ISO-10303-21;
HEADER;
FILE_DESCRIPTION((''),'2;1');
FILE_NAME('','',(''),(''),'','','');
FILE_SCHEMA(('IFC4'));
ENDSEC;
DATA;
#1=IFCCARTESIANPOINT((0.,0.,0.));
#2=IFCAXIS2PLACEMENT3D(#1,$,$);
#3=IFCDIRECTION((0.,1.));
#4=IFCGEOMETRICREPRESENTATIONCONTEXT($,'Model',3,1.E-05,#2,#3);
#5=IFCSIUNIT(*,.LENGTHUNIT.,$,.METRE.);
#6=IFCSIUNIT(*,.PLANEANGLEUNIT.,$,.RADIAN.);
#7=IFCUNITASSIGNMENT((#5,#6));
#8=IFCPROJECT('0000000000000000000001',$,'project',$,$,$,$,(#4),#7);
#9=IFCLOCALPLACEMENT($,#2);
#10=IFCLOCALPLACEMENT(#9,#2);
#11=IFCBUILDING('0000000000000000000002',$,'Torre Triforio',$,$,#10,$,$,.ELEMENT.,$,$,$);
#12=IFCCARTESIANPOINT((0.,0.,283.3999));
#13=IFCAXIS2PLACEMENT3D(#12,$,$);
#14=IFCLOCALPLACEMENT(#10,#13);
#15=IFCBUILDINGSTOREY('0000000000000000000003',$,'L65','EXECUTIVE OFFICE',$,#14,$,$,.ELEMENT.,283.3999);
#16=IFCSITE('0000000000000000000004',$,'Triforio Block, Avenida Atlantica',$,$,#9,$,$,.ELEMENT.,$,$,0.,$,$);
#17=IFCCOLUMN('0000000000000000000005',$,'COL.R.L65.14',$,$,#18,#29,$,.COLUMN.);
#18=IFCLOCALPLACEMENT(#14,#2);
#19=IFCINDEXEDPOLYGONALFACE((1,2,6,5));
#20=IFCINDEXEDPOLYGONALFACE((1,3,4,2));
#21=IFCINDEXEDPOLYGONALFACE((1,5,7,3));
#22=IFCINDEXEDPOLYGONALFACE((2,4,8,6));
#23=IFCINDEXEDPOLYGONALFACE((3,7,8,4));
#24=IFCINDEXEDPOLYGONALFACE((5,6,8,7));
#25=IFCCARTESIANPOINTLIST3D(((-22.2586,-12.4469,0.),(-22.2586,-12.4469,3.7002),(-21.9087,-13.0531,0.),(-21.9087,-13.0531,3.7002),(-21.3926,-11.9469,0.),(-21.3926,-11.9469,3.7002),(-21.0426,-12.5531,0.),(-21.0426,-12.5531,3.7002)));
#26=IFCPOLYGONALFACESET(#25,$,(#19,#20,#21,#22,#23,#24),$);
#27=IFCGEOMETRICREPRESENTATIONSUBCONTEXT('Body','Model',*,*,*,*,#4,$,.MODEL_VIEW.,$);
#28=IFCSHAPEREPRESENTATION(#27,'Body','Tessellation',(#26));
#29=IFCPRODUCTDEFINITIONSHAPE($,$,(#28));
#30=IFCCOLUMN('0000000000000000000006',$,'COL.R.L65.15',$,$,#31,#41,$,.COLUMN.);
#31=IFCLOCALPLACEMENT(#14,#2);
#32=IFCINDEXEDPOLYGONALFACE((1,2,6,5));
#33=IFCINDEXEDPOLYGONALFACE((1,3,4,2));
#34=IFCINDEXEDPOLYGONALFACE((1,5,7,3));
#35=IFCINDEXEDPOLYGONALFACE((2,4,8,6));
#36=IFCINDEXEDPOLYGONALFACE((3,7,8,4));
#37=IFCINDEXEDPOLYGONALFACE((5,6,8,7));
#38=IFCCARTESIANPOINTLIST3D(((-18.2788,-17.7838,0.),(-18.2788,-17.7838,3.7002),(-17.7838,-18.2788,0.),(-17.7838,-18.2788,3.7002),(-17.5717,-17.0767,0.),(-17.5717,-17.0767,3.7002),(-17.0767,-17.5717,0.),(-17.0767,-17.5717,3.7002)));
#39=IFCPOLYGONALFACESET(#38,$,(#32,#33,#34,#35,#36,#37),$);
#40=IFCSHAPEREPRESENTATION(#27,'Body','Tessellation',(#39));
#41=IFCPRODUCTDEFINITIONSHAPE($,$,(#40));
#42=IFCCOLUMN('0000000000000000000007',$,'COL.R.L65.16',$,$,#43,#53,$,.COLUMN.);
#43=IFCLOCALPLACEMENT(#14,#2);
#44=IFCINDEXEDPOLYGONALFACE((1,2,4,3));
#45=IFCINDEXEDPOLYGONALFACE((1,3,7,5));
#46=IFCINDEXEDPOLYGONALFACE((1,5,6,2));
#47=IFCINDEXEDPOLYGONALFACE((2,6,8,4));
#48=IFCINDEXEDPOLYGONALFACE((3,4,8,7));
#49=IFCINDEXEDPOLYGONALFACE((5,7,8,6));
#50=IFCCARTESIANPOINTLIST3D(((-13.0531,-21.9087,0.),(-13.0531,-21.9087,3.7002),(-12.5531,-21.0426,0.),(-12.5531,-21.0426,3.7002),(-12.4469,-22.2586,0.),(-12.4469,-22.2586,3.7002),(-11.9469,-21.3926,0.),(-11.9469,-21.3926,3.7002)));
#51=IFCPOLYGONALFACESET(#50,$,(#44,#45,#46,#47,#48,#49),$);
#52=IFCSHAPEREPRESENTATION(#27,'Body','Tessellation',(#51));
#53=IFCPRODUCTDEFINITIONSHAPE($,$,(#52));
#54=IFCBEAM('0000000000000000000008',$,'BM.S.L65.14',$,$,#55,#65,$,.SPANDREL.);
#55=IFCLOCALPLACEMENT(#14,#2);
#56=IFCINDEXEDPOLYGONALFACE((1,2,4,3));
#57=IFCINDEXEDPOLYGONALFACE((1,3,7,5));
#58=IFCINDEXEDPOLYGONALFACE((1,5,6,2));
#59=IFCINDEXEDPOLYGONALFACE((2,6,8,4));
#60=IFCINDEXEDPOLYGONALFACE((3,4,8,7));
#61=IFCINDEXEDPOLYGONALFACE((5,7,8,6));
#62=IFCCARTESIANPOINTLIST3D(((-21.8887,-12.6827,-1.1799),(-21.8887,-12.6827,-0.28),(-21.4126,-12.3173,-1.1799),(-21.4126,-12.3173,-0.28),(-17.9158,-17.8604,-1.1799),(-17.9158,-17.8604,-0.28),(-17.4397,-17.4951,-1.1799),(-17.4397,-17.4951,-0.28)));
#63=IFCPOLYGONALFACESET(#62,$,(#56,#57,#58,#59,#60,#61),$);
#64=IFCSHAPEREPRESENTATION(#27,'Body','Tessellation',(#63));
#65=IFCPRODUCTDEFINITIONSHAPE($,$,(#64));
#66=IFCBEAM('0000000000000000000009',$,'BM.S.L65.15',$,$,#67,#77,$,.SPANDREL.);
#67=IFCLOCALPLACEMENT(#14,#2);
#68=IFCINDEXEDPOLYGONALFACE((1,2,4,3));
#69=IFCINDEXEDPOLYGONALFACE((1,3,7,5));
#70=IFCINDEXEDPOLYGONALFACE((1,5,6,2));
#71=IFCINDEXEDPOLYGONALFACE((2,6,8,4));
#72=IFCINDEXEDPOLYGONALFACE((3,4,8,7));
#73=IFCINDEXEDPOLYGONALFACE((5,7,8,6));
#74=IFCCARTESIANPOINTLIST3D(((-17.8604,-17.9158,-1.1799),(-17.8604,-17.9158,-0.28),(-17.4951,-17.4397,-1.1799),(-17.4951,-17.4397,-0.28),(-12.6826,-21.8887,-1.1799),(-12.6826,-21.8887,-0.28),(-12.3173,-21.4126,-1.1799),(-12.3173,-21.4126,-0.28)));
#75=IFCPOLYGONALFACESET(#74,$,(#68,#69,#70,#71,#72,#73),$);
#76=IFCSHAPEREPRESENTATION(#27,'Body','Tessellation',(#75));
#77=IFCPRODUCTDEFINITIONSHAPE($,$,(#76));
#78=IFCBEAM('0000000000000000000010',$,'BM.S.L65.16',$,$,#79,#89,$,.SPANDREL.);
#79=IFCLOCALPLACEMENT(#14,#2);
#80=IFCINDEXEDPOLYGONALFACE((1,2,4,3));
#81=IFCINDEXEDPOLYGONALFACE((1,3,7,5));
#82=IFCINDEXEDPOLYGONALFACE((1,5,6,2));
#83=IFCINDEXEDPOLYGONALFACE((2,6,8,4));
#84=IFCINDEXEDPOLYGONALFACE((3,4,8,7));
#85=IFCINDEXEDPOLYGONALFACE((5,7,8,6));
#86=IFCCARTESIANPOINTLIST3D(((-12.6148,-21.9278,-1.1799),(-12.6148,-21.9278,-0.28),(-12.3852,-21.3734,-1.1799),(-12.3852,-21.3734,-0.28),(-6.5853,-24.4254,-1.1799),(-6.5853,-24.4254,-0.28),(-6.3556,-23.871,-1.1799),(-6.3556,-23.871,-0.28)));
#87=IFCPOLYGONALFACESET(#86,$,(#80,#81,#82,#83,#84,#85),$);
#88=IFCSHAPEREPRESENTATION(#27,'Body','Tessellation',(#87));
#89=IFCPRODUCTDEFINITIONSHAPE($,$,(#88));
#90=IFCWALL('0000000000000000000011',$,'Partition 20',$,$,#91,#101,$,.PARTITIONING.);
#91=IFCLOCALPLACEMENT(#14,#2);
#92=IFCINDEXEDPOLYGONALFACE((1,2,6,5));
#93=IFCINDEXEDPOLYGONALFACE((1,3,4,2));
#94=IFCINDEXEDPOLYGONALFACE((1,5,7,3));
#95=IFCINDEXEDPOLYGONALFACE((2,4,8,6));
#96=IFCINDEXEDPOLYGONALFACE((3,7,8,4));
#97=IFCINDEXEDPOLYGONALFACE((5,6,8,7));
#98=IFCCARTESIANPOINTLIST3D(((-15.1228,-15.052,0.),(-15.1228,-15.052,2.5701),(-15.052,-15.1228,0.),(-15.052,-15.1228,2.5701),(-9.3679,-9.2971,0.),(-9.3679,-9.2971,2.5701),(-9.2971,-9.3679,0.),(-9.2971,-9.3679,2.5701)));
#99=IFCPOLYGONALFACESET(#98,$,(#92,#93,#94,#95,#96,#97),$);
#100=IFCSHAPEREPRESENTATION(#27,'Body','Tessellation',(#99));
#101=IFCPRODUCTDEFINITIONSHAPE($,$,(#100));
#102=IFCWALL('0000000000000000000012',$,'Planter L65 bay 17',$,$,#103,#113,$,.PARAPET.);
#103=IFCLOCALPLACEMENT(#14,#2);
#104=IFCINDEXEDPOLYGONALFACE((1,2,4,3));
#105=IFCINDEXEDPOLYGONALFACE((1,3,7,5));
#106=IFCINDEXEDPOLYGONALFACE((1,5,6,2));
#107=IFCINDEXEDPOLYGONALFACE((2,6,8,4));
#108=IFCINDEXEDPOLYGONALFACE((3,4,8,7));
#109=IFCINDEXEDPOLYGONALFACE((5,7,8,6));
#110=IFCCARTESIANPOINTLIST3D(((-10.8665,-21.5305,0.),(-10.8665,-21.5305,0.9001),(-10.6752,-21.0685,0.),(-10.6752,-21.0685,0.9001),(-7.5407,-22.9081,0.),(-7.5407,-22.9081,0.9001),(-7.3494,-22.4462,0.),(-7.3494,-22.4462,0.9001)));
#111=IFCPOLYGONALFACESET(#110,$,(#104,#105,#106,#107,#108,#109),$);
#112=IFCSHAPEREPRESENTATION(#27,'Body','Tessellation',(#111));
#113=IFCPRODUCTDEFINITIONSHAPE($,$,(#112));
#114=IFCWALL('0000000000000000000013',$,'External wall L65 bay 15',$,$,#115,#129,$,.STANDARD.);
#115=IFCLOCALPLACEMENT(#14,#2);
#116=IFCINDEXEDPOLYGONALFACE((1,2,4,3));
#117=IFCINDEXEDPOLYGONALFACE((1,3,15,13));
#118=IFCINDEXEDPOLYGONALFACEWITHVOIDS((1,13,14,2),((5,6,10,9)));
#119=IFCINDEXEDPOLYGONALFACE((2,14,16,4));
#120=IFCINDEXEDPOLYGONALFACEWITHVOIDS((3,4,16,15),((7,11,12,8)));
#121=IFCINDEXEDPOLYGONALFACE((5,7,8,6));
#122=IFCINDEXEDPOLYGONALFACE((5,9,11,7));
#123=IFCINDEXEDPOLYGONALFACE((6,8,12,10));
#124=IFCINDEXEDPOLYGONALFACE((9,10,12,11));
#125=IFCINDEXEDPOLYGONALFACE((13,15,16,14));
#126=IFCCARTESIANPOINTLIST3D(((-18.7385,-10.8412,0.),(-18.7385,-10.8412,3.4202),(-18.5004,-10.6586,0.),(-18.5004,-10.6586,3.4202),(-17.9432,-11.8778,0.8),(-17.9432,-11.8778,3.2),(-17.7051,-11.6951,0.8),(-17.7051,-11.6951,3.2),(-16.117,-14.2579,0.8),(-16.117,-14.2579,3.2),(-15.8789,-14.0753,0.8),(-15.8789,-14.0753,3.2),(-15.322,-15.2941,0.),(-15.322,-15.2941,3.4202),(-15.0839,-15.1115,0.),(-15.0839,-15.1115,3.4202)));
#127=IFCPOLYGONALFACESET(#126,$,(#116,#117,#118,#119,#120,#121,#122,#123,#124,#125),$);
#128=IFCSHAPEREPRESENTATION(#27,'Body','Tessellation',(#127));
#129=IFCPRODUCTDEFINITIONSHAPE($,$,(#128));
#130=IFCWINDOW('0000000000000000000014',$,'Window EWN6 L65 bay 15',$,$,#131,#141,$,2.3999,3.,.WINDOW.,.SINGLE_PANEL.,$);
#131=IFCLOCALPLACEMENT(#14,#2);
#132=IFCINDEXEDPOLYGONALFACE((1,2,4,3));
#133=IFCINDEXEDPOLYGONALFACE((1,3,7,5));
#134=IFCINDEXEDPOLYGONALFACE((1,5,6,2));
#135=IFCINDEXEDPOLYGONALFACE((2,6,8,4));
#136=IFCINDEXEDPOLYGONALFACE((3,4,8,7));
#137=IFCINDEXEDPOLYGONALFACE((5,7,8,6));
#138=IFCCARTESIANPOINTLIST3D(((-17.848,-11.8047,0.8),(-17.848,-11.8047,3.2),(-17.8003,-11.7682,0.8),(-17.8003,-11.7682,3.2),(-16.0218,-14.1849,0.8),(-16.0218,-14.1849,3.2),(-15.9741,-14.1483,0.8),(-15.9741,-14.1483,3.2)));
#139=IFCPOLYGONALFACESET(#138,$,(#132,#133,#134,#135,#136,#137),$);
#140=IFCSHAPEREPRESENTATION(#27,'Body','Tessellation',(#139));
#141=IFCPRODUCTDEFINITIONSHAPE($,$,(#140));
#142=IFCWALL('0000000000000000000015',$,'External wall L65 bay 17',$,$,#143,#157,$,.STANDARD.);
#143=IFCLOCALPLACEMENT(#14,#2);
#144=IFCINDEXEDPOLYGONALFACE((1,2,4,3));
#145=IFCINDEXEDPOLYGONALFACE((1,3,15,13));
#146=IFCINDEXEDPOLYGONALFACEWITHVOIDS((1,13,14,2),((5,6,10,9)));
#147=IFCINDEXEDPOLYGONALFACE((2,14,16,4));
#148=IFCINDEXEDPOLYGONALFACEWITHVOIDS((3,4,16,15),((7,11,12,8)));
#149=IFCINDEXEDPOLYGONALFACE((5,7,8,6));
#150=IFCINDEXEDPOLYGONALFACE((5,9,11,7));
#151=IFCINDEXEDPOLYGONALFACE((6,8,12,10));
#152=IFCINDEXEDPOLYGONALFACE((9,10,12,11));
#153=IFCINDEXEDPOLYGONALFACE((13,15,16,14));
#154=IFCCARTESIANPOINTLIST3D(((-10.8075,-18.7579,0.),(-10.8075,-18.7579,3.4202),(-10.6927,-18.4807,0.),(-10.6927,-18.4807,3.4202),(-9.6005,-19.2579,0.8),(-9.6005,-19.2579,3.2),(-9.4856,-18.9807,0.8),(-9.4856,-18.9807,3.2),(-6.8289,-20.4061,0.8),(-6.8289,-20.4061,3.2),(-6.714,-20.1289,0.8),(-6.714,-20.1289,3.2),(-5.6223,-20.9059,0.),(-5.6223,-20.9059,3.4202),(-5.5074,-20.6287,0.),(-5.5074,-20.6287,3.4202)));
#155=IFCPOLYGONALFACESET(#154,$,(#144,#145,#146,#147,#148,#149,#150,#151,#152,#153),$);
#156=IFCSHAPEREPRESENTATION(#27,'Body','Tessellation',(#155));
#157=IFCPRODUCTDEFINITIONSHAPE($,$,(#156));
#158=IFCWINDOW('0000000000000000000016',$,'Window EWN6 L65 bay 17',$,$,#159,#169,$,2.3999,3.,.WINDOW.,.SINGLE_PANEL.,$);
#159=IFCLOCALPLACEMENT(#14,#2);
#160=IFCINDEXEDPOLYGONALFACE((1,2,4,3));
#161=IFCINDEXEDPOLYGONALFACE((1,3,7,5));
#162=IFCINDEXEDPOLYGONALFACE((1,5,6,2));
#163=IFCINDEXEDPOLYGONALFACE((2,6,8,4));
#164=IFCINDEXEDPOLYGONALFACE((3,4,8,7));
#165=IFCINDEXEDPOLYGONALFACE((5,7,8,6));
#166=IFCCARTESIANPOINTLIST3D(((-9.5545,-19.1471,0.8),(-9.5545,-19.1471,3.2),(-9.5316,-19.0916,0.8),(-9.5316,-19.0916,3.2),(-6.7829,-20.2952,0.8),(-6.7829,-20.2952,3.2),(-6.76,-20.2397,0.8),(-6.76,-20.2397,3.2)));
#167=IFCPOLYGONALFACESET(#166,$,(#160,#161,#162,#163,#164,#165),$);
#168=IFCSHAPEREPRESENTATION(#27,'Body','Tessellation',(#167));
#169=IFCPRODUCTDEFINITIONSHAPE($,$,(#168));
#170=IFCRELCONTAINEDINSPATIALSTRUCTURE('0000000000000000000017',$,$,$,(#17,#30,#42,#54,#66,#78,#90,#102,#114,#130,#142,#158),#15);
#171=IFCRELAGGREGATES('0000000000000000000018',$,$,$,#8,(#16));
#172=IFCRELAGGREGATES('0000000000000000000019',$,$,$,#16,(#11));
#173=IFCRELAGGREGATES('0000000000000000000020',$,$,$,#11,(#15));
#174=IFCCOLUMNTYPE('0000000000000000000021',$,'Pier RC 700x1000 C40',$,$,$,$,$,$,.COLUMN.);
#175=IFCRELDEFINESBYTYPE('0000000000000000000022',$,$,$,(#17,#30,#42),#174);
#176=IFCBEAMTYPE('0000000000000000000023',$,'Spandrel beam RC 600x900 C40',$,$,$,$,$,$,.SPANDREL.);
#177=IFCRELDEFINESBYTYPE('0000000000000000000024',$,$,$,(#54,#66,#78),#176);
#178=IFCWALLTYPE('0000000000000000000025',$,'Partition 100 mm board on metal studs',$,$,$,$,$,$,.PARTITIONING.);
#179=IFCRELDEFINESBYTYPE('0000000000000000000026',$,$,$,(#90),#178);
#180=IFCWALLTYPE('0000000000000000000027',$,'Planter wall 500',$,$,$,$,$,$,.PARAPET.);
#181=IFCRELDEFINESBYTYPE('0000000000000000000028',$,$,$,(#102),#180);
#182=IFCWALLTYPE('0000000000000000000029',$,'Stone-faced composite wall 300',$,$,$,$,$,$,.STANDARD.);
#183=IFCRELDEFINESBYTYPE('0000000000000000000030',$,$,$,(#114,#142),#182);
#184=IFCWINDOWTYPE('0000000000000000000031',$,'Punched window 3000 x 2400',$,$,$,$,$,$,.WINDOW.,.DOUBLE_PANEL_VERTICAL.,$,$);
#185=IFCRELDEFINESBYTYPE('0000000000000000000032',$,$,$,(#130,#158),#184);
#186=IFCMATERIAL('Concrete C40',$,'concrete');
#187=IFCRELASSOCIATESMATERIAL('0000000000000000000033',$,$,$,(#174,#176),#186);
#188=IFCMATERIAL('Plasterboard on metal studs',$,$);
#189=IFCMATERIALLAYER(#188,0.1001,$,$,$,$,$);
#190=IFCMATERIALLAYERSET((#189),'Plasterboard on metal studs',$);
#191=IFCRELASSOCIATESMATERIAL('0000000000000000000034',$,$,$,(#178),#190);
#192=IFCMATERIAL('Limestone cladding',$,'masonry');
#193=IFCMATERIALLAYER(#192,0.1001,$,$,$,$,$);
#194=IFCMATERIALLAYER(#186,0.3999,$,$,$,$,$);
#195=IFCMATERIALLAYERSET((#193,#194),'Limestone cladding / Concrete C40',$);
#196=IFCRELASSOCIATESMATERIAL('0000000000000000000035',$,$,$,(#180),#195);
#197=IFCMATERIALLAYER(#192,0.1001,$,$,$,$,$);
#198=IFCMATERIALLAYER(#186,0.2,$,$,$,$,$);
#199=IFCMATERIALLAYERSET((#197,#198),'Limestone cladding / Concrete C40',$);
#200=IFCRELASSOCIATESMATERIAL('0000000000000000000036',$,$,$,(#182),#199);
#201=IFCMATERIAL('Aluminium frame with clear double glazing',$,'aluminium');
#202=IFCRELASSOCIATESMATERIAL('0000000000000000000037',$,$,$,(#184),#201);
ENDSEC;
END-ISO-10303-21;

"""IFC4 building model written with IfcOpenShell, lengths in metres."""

from ifc_helpers import new_model, si_unit, direction, frame, frame_2d, origin, origin_2d, place, context, subcontext, project, spatial, rectangle, extrude, material, layer, layer_set, material_profile, profile_set, type_object, element, fill, save


model = new_model("IFC4")

# Units and contexts
model_context = context("Model", 3, precision=1e-05, world=origin(), true_north=direction((0.0, 1.0)))
body_context = subcontext(model_context, "Body", "Model", "MODEL_VIEW")
ifc_project = project(units=[si_unit("LENGTHUNIT", "METRE"), si_unit("PLANEANGLEUNIT", "RADIAN")], contexts=[model_context])

# Site, building, storey
site_placement = place(None, origin())
site = spatial("IfcSite", under=ifc_project, at=site_placement, Name="Triforio Block, Avenida Atlantica", CompositionType="ELEMENT", RefElevation=0.0)
building_placement = place(site_placement, origin())
building = spatial("IfcBuilding", under=site, at=building_placement, Name="Torre Triforio", CompositionType="ELEMENT")
storey_placement = place(building_placement, frame((0.0, 0.0, 283.3999)))
storey = spatial("IfcBuildingStorey", under=building, at=storey_placement, Name="L65", Description="EXECUTIVE OFFICE", CompositionType="ELEMENT", Elevation=283.3999)

# Columns
ifc_material_1 = material(Name="Concrete C40", Category="concrete")
ifc_material_profile_1 = material_profile(ifc_material_1, rectangle(XDim=0.7, YDim=1.0, at=origin_2d()), Name="RC 700x1000")
ifc_profile_set_1 = profile_set([ifc_material_profile_1], Name="Concrete C40")
column_type = type_object("IfcColumnType", Name="Pier RC 700x1000 C40", PredefinedType="COLUMN", material=ifc_profile_set_1)
for number, where, z_axis, x_axis, name in (
    (1, (-21.6506, -12.5, 0.0), (0.0, 0.0, 1.0), (0.5, -0.866025, 0.0), "COL.R.L65.14"),
    (2, (-17.6777, -17.6777, 0.0), (0.0, 0.0, 1.0), (0.707107, -0.707107, 0.0), "COL.R.L65.15"),
    (3, (-12.5, -21.6506, 0.0), (0.0, 0.0, 1.0), (0.866025, -0.5, 0.0), "COL.R.L65.16"),
):
    element("IfcColumn", number, at=place(storey_placement, frame(where, z_axis=z_axis, x_axis=x_axis)), inside=storey, type_object=column_type, Name=name, PredefinedType="COLUMN", context=body_context, shape_type="SweptSolid", body=[
        extrude(rectangle(XDim=0.7, YDim=1.0, at=origin_2d()), origin(), (0.0, 0.0, 1.0), 3.7002),
    ])

# Beams
ifc_material_profile_2 = material_profile(ifc_material_1, rectangle(XDim=0.6001, YDim=0.8999, at=origin_2d()), Name="RC 600x900")
ifc_profile_set_2 = profile_set([ifc_material_profile_2], Name="Concrete C40")
beam_type = type_object("IfcBeamType", Name="Spandrel beam RC 600x900 C40", PredefinedType="SPANDREL", material=ifc_profile_set_2)
for number, where, z_axis, x_axis, name in (
    (4, (-21.6506, -12.5, -0.73), (0.60875, -0.793362, 0.0), (0.793362, 0.60875, 0.0), "BM.S.L65.14"),
    (5, (-17.6777, -17.6777, -0.73), (0.793362, -0.60875, 0.0), (0.60875, 0.793362, 0.0), "BM.S.L65.15"),
    (6, (-12.5, -21.6506, -0.73), (0.923877, -0.382689, 0.0), (0.382689, 0.923877, 0.0), "BM.S.L65.16"),
):
    element("IfcBeam", number, at=place(storey_placement, frame(where, z_axis=z_axis, x_axis=x_axis)), inside=storey, type_object=beam_type, Name=name, PredefinedType="SPANDREL", context=body_context, shape_type="SweptSolid", body=[
        extrude(rectangle(XDim=0.6001, YDim=0.8999, at=origin_2d()), origin(), (0.0, 0.0, 1.0), 6.5264),
    ])

# Walls
ifc_material_2 = material(Name="Plasterboard on metal studs")
ifc_layer_1 = layer(ifc_material_2, 0.1001)
ifc_layer_set_1 = layer_set([ifc_layer_1], Name="Plasterboard on metal studs")
wall_type_1 = type_object("IfcWallType", Name="Partition 100 mm board on metal studs", PredefinedType="PARTITIONING", material=ifc_layer_set_1)
wall_1_placement = place(storey_placement, frame((-9.3325, -9.3325, 0.0), z_axis=(0.0, 0.0, 1.0), x_axis=(-0.707107, -0.707107, 0.0)))
element("IfcWall", 7, at=wall_1_placement, inside=storey, type_object=wall_type_1, Name="Partition 20", PredefinedType="PARTITIONING", context=body_context, shape_type="SweptSolid", body=[
    extrude(rectangle(XDim=8.1387, YDim=0.1001, at=frame_2d((4.0693, 0.0))), origin(), (0.0, 0.0, 1.0), 2.5701),
])
ifc_material_3 = material(Name="Limestone cladding", Category="masonry")
ifc_layer_2 = layer(ifc_material_3, 0.1001)
ifc_layer_3 = layer(ifc_material_1, 0.3999)
ifc_layer_set_2 = layer_set([ifc_layer_2, ifc_layer_3], Name="Limestone cladding / Concrete C40")
wall_type_2 = type_object("IfcWallType", Name="Planter wall 500", PredefinedType="PARAPET", material=ifc_layer_set_2)
wall_2_placement = place(storey_placement, frame((-10.7708, -21.2996, 0.0), z_axis=(0.0, 0.0, 1.0), x_axis=(0.923875, -0.382693, 0.0)))
element("IfcWall", 8, at=wall_2_placement, inside=storey, type_object=wall_type_2, Name="Planter L65 bay 17", PredefinedType="PARAPET", context=body_context, shape_type="SweptSolid", body=[
    extrude(rectangle(XDim=3.5999, YDim=0.5, at=frame_2d((1.7998, 0.0))), origin(), (0.0, 0.0, 1.0), 0.9001),
])

# Wall, opening, window
ifc_layer_4 = layer(ifc_material_3, 0.1001)
ifc_layer_5 = layer(ifc_material_1, 0.2)
ifc_layer_set_3 = layer_set([ifc_layer_4, ifc_layer_5], Name="Limestone cladding / Concrete C40")
wall_type_3 = type_object("IfcWallType", Name="Stone-faced composite wall 300", PredefinedType="STANDARD", material=ifc_layer_set_3)
wall_3_placement = place(storey_placement, frame((-18.6194, -10.75, 0.0), z_axis=(0.0, 0.0, 1.0), x_axis=(0.608726, -0.79338, 0.0)))
wall_3 = element("IfcWall", 9, at=wall_3_placement, inside=storey, type_object=wall_type_3, Name="External wall L65 bay 15", PredefinedType="STANDARD", context=body_context, shape_type="SweptSolid", body=[
    extrude(rectangle(XDim=5.6125, YDim=0.3, at=frame_2d((2.8062, 0.0))), origin(), (0.0, 0.0, 1.0), 3.4202),
])
opening_1_placement = place(wall_3_placement, frame((1.3064, 0.0, 0.8)))
opening_1 = element("IfcOpeningElement", 10, at=opening_1_placement, cuts=wall_3, PredefinedType="OPENING", context=body_context, shape_type="SweptSolid", body=[
    extrude(rectangle(XDim=3.0, YDim=2.3999, at=frame_2d((1.5, 1.2))), frame((0.0, 0.1599, 0.0), z_axis=(0.0, -1.0, 0.0), x_axis=(1.0, 0.0, 0.0)), (0.0, 0.0, 1.0), 0.3201),
])
ifc_material_4 = material(Name="Aluminium frame with clear double glazing", Category="aluminium")
window_type_1 = type_object("IfcWindowType", Name="Punched window 3000 x 2400", PartitioningType="DOUBLE_PANEL_VERTICAL", PredefinedType="WINDOW", material=ifc_material_4)
window_1_placement = place(opening_1_placement, origin())
window_1 = element("IfcWindow", 11, at=window_1_placement, inside=storey, type_object=window_type_1, Name="Window EWN6 L65 bay 15", OverallHeight=2.3999, OverallWidth=3.0, PartitioningType="SINGLE_PANEL", PredefinedType="WINDOW", context=body_context, shape_type="SweptSolid", body=[
    extrude(rectangle(XDim=3.0, YDim=2.3999, at=frame_2d((1.5, 1.2))), frame((0.0, 0.03, 0.0), z_axis=(0.0, -1.0, 0.0), x_axis=(1.0, 0.0, 0.0)), (0.0, 0.0, 1.0), 0.0601),
])
fill(opening_1, window_1)

# Wall, opening, window
wall_4_placement = place(storey_placement, frame((-10.75, -18.6194, 0.0), z_axis=(0.0, 0.0, 1.0), x_axis=(0.923872, -0.382703, 0.0)))
wall_4 = element("IfcWall", 12, at=wall_4_placement, inside=storey, type_object=wall_type_3, Name="External wall L65 bay 17", PredefinedType="STANDARD", context=body_context, shape_type="SweptSolid", body=[
    extrude(rectangle(XDim=5.6125, YDim=0.3, at=frame_2d((2.8062, 0.0))), origin(), (0.0, 0.0, 1.0), 3.4202),
])
opening_2_placement = place(wall_4_placement, frame((1.3064, 0.0, 0.8)))
opening_2 = element("IfcOpeningElement", 13, at=opening_2_placement, cuts=wall_4, PredefinedType="OPENING", context=body_context, shape_type="SweptSolid", body=[
    extrude(rectangle(XDim=3.0, YDim=2.3999, at=frame_2d((1.5, 1.2))), frame((0.0, 0.1599, 0.0), z_axis=(0.0, -1.0, 0.0), x_axis=(1.0, 0.0, 0.0)), (0.0, 0.0, 1.0), 0.3201),
])
window_2_placement = place(opening_2_placement, origin())
window_2 = element("IfcWindow", 14, at=window_2_placement, inside=storey, type_object=window_type_1, Name="Window EWN6 L65 bay 17", OverallHeight=2.3999, OverallWidth=3.0, PartitioningType="SINGLE_PANEL", PredefinedType="WINDOW", context=body_context, shape_type="SweptSolid", body=[
    extrude(rectangle(XDim=3.0, YDim=2.3999, at=frame_2d((1.5, 1.2))), frame((0.0, 0.03, 0.0), z_axis=(0.0, -1.0, 0.0), x_axis=(1.0, 0.0, 0.0)), (0.0, 0.0, 1.0), 0.0601),
])
fill(opening_2, window_2)

save(model, "model.ifc")
